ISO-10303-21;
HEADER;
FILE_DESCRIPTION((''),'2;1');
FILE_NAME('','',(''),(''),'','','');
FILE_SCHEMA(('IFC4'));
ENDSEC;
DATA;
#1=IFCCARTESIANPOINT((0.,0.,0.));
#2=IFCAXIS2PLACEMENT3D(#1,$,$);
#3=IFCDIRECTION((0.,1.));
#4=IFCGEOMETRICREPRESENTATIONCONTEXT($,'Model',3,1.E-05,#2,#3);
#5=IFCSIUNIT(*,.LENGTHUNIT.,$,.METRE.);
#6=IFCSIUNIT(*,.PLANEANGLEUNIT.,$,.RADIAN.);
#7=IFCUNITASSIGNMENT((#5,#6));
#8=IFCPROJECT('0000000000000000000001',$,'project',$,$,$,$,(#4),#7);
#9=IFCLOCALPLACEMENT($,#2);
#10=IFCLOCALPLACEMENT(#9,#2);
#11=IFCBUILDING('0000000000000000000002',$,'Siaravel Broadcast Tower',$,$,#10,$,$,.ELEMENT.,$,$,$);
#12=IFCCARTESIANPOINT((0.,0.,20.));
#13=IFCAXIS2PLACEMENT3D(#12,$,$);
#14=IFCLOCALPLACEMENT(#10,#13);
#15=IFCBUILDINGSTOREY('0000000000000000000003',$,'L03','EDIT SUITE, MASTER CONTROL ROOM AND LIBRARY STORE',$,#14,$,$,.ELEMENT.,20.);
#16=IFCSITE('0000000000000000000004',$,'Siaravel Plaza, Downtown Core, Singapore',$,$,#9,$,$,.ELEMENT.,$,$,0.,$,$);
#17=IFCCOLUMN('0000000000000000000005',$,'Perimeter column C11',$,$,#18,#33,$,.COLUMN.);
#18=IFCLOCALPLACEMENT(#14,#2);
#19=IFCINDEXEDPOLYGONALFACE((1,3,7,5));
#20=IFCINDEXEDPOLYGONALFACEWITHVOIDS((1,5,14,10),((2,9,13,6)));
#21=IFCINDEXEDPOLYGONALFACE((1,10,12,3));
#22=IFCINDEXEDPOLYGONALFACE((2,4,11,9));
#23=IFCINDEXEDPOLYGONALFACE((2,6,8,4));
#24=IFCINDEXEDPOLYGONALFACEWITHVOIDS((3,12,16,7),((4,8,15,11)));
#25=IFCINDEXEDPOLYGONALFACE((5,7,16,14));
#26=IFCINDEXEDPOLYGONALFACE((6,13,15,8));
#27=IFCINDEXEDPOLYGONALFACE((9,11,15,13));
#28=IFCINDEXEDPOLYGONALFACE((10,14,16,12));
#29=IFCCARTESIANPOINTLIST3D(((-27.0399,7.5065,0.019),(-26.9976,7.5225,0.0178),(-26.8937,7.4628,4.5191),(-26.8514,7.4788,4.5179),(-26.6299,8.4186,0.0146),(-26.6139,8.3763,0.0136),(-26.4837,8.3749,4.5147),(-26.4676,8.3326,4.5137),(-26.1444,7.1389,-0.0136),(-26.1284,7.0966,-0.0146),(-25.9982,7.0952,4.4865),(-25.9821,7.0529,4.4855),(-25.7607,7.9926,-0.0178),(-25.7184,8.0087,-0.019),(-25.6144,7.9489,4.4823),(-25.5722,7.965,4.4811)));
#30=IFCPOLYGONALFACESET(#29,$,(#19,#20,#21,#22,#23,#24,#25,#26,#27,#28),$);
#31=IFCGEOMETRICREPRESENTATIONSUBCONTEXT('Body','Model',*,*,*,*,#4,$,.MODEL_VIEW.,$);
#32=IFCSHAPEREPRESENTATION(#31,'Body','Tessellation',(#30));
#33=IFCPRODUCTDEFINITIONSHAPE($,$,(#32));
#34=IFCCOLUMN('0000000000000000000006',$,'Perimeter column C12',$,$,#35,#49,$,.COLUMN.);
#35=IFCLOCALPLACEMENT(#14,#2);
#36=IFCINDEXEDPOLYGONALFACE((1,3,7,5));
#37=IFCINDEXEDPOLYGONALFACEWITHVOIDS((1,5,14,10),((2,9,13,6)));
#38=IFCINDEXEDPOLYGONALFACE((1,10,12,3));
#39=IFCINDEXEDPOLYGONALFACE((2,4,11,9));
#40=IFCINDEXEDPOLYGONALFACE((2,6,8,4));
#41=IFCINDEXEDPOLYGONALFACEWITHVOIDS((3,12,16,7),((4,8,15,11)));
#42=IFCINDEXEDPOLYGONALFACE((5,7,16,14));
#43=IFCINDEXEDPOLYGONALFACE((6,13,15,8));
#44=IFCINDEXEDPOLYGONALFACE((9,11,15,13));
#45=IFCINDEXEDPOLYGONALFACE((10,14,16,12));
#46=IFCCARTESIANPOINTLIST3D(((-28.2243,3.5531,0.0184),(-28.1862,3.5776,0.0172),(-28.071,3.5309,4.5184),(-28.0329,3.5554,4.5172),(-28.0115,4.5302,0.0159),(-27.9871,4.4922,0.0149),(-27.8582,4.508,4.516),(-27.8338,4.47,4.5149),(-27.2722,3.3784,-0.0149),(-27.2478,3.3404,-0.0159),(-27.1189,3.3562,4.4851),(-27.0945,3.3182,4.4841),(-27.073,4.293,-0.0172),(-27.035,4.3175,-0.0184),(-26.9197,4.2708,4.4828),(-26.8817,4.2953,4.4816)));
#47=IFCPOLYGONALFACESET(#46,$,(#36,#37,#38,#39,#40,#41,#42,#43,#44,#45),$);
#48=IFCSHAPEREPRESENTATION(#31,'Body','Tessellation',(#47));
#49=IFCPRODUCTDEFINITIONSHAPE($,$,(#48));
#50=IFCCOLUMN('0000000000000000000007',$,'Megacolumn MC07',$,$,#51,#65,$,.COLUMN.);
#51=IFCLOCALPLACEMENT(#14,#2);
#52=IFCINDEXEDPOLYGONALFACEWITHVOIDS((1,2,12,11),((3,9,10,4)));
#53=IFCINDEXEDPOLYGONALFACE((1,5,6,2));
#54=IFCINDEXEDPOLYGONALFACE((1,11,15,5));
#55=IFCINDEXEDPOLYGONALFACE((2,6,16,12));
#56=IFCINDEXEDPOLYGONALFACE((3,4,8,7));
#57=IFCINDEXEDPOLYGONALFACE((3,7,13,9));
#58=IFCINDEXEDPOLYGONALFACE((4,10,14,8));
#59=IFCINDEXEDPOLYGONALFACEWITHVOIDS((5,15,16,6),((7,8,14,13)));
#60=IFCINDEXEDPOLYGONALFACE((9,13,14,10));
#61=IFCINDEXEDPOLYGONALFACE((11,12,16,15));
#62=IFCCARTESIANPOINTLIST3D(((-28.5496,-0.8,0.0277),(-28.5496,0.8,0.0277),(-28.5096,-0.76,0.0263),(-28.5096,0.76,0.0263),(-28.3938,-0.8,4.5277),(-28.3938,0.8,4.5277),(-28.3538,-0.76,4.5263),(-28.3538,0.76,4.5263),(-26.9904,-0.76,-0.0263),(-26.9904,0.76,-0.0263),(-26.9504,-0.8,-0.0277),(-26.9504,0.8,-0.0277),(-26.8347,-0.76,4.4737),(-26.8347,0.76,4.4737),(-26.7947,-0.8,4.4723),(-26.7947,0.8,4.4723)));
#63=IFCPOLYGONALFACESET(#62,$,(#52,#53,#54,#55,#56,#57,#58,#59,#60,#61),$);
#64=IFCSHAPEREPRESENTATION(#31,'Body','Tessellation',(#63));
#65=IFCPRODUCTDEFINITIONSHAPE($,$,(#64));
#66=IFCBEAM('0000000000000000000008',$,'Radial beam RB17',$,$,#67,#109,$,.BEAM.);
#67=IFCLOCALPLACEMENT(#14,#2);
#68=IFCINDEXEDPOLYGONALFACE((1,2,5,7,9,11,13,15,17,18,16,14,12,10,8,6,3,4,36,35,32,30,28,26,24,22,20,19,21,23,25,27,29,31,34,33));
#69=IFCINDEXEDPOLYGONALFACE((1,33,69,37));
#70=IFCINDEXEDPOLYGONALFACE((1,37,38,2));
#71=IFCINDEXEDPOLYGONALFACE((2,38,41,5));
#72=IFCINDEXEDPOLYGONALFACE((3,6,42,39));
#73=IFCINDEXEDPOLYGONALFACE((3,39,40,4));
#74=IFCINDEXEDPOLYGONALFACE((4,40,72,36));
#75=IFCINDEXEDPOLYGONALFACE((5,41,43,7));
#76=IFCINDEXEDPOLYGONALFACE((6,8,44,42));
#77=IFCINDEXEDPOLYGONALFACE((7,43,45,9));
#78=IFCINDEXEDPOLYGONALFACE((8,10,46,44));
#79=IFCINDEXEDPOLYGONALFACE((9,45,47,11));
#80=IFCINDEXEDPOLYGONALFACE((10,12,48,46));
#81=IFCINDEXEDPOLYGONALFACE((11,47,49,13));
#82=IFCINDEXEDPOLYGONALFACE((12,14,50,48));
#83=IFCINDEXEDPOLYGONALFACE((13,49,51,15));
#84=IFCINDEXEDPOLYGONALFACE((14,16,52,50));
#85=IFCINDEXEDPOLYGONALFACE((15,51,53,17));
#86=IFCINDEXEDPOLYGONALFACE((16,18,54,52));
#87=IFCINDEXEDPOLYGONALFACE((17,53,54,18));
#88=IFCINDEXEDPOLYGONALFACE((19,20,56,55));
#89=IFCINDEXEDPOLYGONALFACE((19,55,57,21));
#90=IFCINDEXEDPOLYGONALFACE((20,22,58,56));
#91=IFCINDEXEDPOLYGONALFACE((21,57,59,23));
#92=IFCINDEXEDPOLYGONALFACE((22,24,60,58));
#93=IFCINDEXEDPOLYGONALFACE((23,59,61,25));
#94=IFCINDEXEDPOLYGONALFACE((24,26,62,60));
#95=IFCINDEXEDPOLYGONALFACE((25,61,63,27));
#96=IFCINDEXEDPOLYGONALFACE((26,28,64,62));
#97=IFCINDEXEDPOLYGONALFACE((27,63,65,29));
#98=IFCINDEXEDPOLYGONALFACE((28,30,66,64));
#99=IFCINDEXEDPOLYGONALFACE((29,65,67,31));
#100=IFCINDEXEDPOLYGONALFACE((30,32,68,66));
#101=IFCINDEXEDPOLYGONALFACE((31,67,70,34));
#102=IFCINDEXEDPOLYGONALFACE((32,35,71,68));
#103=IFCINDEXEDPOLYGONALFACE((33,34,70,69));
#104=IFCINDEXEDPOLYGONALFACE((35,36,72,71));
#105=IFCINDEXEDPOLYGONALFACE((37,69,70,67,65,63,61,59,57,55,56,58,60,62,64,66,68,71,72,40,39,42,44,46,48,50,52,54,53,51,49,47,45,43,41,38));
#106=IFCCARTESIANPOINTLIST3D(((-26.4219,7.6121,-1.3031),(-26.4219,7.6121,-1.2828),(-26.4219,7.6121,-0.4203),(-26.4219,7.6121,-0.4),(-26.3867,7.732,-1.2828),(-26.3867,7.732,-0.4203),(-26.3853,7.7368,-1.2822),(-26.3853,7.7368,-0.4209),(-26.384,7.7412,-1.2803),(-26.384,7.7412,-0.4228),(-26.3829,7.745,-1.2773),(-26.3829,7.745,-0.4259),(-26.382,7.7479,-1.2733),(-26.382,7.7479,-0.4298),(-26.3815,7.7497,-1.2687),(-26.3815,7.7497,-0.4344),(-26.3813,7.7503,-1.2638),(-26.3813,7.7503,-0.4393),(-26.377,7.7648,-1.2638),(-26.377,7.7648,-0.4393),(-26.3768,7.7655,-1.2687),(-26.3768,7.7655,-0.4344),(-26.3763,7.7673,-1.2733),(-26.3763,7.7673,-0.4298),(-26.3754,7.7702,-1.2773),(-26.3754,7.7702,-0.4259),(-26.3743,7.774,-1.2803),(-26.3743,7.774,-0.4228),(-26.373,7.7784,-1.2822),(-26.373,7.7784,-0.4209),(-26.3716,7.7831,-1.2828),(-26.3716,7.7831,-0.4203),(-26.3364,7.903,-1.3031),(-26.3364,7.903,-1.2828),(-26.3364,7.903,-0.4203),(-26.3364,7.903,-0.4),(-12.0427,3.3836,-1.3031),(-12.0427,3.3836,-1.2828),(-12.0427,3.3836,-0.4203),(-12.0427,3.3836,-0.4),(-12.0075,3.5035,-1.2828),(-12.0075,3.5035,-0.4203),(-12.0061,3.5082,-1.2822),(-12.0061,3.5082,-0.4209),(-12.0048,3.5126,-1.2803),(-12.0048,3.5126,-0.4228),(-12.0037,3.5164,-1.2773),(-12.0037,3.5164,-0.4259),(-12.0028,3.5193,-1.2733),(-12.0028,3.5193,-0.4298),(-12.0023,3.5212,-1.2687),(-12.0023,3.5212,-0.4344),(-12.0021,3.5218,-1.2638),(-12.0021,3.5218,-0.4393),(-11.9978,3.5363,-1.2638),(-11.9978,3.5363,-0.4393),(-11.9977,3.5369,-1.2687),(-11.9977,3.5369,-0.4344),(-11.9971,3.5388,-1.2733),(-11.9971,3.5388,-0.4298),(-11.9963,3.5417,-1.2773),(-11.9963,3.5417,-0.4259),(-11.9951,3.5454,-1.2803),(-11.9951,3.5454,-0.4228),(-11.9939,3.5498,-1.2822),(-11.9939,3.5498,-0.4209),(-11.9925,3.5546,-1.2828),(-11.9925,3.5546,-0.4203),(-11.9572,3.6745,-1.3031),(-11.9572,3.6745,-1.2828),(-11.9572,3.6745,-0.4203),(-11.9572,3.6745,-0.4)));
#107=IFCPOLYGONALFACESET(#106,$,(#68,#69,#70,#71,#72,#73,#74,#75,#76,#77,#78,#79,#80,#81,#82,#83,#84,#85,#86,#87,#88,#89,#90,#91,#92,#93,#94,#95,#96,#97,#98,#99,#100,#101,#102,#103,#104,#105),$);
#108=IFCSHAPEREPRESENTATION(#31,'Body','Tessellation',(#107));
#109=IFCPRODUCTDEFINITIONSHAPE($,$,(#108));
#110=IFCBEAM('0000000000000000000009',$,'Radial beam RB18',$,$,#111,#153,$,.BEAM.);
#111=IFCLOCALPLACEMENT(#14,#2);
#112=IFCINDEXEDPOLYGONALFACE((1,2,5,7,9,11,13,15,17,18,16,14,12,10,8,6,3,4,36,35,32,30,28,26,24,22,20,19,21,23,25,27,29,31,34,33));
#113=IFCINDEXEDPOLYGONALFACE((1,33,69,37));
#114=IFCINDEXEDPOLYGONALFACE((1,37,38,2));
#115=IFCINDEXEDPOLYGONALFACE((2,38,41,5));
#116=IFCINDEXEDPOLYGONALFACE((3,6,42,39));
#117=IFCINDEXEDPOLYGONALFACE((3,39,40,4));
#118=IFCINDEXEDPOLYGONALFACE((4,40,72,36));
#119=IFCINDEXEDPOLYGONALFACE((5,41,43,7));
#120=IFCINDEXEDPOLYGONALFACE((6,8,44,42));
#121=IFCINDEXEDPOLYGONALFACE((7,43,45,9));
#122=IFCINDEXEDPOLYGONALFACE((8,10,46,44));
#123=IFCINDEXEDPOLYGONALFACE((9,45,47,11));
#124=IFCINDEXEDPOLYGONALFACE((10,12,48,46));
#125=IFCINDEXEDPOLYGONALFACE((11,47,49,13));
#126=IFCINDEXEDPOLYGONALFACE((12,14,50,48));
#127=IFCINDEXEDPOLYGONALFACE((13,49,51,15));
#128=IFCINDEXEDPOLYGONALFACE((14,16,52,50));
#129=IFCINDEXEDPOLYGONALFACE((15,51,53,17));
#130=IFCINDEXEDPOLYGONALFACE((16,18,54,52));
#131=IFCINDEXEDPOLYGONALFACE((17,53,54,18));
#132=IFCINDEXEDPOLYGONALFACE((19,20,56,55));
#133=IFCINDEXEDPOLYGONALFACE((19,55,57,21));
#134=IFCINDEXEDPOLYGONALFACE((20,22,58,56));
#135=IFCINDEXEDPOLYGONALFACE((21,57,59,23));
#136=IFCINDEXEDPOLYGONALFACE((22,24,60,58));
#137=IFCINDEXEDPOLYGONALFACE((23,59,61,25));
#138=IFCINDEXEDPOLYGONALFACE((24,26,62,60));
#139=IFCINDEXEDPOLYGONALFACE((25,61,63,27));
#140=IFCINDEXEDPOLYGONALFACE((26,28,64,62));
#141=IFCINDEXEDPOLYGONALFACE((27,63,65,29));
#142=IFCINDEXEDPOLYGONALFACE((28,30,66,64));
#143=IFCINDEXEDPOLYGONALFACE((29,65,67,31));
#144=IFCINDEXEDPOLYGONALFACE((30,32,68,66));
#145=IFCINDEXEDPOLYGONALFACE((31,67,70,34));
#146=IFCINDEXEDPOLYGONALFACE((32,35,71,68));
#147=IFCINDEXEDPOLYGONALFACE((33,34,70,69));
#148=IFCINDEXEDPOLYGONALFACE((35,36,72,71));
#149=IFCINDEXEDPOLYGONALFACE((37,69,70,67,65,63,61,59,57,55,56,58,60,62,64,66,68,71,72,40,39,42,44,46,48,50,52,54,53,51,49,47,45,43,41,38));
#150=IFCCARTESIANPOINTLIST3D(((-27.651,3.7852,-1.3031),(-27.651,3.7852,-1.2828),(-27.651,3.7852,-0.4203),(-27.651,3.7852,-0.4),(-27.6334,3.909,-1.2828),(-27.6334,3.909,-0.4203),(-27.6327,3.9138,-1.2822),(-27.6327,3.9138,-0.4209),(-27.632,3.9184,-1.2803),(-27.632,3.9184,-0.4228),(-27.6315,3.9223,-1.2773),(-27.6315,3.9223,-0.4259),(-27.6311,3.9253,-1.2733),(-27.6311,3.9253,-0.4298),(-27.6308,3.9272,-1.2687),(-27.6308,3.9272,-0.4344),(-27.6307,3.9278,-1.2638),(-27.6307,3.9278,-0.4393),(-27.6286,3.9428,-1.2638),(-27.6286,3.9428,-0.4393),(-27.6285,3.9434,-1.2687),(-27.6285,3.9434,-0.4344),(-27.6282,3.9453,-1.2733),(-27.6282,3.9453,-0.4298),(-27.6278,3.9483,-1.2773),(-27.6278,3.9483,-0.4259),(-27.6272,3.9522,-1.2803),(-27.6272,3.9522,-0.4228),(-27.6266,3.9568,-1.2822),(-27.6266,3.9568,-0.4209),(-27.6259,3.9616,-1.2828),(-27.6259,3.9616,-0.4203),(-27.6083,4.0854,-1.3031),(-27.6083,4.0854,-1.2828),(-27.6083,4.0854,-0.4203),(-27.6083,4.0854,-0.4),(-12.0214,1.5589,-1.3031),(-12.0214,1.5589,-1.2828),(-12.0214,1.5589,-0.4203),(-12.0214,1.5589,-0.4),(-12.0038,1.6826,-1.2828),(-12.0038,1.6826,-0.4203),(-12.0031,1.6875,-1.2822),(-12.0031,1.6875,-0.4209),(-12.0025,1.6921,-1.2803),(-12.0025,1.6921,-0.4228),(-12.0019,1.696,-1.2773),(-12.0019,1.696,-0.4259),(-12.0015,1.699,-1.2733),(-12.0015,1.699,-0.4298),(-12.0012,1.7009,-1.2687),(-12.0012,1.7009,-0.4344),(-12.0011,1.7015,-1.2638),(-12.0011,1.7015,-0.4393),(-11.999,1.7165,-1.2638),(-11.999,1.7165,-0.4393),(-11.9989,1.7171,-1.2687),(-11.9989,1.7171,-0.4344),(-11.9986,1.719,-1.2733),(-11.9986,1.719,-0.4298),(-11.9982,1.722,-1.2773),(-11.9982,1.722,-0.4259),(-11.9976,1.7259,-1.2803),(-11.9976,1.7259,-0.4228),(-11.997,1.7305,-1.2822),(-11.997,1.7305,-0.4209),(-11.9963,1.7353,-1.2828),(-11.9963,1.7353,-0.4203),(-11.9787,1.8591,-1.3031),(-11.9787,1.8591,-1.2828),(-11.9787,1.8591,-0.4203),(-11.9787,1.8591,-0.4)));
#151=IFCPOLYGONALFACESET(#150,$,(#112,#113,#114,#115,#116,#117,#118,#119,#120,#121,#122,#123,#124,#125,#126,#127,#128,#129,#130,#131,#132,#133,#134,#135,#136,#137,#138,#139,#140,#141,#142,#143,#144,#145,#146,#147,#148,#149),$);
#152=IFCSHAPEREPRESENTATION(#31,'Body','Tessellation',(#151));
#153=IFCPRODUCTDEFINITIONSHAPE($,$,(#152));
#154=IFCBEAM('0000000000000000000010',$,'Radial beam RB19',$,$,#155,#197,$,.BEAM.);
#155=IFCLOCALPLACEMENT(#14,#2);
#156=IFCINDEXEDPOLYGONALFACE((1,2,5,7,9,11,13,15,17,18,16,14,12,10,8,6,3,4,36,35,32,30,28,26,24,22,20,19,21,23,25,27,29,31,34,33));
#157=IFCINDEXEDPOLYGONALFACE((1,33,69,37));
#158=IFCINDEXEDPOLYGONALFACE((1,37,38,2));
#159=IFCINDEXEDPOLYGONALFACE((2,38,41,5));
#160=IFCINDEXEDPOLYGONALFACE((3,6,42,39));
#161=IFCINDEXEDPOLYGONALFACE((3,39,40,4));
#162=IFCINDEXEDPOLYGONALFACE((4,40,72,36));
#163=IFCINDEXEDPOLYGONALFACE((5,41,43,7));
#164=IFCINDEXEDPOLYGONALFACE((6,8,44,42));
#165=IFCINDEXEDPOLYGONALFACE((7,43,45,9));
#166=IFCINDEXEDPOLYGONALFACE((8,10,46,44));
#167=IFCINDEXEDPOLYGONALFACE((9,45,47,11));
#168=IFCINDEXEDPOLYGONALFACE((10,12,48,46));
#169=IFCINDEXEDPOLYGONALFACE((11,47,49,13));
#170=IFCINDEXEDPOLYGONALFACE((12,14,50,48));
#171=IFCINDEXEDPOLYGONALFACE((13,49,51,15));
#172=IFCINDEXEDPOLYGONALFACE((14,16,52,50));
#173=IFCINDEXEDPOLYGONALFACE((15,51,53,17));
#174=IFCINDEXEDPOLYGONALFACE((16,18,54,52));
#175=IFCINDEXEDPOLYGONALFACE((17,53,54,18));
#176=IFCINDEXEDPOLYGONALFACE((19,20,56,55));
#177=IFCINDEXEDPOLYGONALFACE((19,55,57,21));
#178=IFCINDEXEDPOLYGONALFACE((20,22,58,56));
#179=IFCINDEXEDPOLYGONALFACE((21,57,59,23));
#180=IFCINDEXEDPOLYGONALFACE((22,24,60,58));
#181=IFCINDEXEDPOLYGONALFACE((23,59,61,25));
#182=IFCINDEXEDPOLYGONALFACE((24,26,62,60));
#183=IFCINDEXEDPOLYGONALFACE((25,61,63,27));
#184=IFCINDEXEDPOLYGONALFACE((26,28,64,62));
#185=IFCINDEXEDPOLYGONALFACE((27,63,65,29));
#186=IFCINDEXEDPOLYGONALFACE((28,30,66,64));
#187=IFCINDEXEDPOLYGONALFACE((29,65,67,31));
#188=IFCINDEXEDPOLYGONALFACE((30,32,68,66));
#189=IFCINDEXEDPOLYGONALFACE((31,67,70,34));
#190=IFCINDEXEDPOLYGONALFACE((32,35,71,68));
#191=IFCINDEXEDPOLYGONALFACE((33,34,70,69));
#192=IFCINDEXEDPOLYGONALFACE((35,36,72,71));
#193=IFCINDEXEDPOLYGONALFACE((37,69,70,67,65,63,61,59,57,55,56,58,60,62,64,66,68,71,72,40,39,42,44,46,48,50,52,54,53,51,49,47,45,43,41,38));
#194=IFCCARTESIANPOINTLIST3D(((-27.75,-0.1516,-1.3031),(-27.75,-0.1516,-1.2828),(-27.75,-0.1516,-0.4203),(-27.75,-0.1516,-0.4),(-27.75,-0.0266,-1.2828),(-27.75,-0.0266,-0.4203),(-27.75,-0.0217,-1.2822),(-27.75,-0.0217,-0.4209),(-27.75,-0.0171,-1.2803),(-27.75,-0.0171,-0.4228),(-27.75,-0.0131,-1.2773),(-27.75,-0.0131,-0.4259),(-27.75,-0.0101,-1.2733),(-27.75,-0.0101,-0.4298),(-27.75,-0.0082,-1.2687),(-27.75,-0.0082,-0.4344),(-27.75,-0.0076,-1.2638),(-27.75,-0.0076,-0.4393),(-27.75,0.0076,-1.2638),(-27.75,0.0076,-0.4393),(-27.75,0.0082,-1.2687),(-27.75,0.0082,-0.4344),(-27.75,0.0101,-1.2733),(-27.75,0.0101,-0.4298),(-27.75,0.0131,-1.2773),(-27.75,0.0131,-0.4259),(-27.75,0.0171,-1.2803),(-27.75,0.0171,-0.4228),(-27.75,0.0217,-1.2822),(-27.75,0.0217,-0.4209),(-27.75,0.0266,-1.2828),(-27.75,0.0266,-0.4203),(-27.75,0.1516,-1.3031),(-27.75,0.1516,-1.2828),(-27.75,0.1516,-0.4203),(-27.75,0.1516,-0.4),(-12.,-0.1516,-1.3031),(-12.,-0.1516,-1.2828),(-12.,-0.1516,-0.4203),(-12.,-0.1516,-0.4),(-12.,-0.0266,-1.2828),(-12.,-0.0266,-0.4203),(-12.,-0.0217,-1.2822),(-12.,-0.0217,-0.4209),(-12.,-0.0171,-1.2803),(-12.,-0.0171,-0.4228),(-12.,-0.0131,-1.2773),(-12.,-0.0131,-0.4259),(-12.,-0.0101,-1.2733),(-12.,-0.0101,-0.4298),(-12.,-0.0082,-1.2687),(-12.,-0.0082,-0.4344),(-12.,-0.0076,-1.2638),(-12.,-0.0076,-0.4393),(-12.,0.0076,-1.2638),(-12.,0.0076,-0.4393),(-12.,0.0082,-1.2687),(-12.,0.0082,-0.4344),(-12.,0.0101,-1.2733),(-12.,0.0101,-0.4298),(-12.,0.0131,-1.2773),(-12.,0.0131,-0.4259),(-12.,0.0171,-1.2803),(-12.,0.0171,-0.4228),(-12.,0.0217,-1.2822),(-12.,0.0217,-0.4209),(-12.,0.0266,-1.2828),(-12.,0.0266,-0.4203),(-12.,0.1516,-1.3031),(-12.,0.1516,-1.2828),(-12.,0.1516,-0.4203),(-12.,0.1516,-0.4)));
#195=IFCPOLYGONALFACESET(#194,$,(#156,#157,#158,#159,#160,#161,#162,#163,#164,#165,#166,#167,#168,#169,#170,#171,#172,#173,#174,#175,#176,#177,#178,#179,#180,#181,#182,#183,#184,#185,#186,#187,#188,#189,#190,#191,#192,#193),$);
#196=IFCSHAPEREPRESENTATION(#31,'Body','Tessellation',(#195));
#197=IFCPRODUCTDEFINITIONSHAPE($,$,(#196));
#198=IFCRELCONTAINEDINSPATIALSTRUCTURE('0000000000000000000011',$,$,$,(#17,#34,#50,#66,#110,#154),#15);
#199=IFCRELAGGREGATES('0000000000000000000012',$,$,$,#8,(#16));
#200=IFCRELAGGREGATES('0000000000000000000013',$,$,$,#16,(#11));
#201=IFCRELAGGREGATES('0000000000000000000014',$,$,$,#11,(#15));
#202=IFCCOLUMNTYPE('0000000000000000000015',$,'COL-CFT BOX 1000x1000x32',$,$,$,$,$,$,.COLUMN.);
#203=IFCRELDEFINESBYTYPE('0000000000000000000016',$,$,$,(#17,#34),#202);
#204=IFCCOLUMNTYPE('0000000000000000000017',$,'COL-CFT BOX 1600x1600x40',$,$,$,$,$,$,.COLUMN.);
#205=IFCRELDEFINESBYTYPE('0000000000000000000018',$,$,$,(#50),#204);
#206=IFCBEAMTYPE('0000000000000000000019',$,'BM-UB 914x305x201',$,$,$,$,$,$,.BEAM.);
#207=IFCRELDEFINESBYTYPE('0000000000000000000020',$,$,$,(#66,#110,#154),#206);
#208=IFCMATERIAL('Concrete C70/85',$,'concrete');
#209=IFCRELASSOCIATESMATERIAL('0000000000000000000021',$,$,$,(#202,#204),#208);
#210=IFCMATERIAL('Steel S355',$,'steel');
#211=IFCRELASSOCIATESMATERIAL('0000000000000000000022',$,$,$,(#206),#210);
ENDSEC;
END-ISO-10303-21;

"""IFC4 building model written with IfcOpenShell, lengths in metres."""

from ifc_helpers import new_model, si_unit, direction, frame, origin, origin_2d, place, context, subcontext, project, spatial, hollow_rectangle, i_section, extrude, material, material_profile, profile_set, type_object, element, save


model = new_model("IFC4")

# Units and contexts
model_context = context("Model", 3, precision=1e-05, world=origin(), true_north=direction((0.0, 1.0)))
body_context = subcontext(model_context, "Body", "Model", "MODEL_VIEW")
ifc_project = project(units=[si_unit("LENGTHUNIT", "METRE"), si_unit("PLANEANGLEUNIT", "RADIAN")], contexts=[model_context])

# Site, building, storey
site_placement = place(None, origin())
site = spatial("IfcSite", under=ifc_project, at=site_placement, Name="Siaravel Plaza, Downtown Core, Singapore", CompositionType="ELEMENT", RefElevation=0.0)
building_placement = place(site_placement, origin())
building = spatial("IfcBuilding", under=site, at=building_placement, Name="Siaravel Broadcast Tower", CompositionType="ELEMENT")
storey_placement = place(building_placement, frame((0.0, 0.0, 20.0)))
storey = spatial("IfcBuildingStorey", under=building, at=storey_placement, Name="L03", Description="EDIT SUITE, MASTER CONTROL ROOM AND LIBRARY STORE", CompositionType="ELEMENT", Elevation=20.0)

# Columns
ifc_material_1 = material(Name="Concrete C70/85", Category="concrete")
ifc_material_profile_1 = material_profile(ifc_material_1, hollow_rectangle(XDim=1.0, YDim=1.0, WallThickness=0.032, at=origin_2d()))
ifc_profile_set_1 = profile_set([ifc_material_profile_1], Name="Concrete C70/85")
column_type_1 = type_object("IfcColumnType", Name="COL-CFT BOX 1000x1000x32", PredefinedType="COLUMN", material=ifc_profile_set_1)
for number, where, z_axis, x_axis, name in (
    (1, (-26.3792, 7.7576, 0.0), (0.032479, -0.009706, 0.999425), (0.409975, 0.912086, -0.004466), "Perimeter column C11"),
    (2, (-27.6296, 3.9353, 0.0), (0.034051, -0.004934, 0.999408), (0.212785, 0.977096, -0.002426), "Perimeter column C12"),
):
    element("IfcColumn", number, at=place(storey_placement, frame(where, z_axis=z_axis, x_axis=x_axis)), inside=storey, type_object=column_type_1, Name=name, PredefinedType="COLUMN", context=body_context, shape_type="SweptSolid", body=[
        extrude(hollow_rectangle(XDim=1.0, YDim=1.0, WallThickness=0.032, at=origin_2d()), origin(), (0.0, 0.0, 1.0), 4.5027),
    ])
ifc_material_profile_2 = material_profile(ifc_material_1, hollow_rectangle(XDim=1.6001, YDim=1.6001, WallThickness=0.04, at=origin_2d()))
ifc_profile_set_2 = profile_set([ifc_material_profile_2], Name="Concrete C70/85")
column_type_2 = type_object("IfcColumnType", Name="COL-CFT BOX 1600x1600x40", PredefinedType="COLUMN", material=ifc_profile_set_2)
column_placement = place(storey_placement, frame((-27.75, 0.0, 0.0), z_axis=(0.034593, 0.0, 0.999401), x_axis=(0.0, 1.0, 0.0)))
element("IfcColumn", 3, at=column_placement, inside=storey, type_object=column_type_2, Name="Megacolumn MC07", PredefinedType="COLUMN", context=body_context, shape_type="SweptSolid", body=[
    extrude(hollow_rectangle(XDim=1.6001, YDim=1.6001, WallThickness=0.04, at=origin_2d()), origin(), (0.0, 0.0, 1.0), 4.5027),
])

# Beams
ifc_material_2 = material(Name="Steel S355", Category="steel")
ifc_material_profile_3 = material_profile(ifc_material_2, i_section(OverallWidth=0.3032, OverallDepth=0.9031, WebThickness=0.0151, FlangeThickness=0.0203, FilletRadius=0.019, at=origin_2d()))
ifc_profile_set_3 = profile_set([ifc_material_profile_3], Name="Steel S355")
beam_type = type_object("IfcBeamType", Name="BM-UB 914x305x201", PredefinedType="BEAM", material=ifc_profile_set_3)
beam_1_placement = place(storey_placement, frame((-26.3792, 7.7576, -0.8516), z_axis=(0.959377, -0.282127, 0.0), x_axis=(0.282127, 0.959377, 0.0)))
element("IfcBeam", 4, at=beam_1_placement, inside=storey, type_object=beam_type, Name="Radial beam RB17", PredefinedType="BEAM", context=body_context, shape_type="SweptSolid", body=[
    extrude(i_section(OverallWidth=0.3032, OverallDepth=0.9031, WebThickness=0.0151, FlangeThickness=0.0203, FilletRadius=0.019, at=origin_2d()), origin(), (0.0, 0.0, 1.0), 14.988),
])
beam_2_placement = place(storey_placement, frame((-27.6296, 3.9353, -0.8516), z_axis=(0.990007, -0.141019, 0.0), x_axis=(0.141019, 0.990007, 0.0)))
element("IfcBeam", 5, at=beam_2_placement, inside=storey, type_object=beam_type, Name="Radial beam RB18", PredefinedType="BEAM", context=body_context, shape_type="SweptSolid", body=[
    extrude(i_section(OverallWidth=0.3032, OverallDepth=0.9031, WebThickness=0.0151, FlangeThickness=0.0203, FilletRadius=0.019, at=origin_2d()), origin(), (0.0, 0.0, 1.0), 15.7874),
])
beam_3_placement = place(storey_placement, frame((-27.75, 0.0, -0.8516), z_axis=(1.0, 0.0, 0.0), x_axis=(0.0, 1.0, 0.0)))
element("IfcBeam", 6, at=beam_3_placement, inside=storey, type_object=beam_type, Name="Radial beam RB19", PredefinedType="BEAM", context=body_context, shape_type="SweptSolid", body=[
    extrude(i_section(OverallWidth=0.3032, OverallDepth=0.9031, WebThickness=0.0151, FlangeThickness=0.0203, FilletRadius=0.019, at=origin_2d()), origin(), (0.0, 0.0, 1.0), 15.75),
])

save(model, "model.ifc")
